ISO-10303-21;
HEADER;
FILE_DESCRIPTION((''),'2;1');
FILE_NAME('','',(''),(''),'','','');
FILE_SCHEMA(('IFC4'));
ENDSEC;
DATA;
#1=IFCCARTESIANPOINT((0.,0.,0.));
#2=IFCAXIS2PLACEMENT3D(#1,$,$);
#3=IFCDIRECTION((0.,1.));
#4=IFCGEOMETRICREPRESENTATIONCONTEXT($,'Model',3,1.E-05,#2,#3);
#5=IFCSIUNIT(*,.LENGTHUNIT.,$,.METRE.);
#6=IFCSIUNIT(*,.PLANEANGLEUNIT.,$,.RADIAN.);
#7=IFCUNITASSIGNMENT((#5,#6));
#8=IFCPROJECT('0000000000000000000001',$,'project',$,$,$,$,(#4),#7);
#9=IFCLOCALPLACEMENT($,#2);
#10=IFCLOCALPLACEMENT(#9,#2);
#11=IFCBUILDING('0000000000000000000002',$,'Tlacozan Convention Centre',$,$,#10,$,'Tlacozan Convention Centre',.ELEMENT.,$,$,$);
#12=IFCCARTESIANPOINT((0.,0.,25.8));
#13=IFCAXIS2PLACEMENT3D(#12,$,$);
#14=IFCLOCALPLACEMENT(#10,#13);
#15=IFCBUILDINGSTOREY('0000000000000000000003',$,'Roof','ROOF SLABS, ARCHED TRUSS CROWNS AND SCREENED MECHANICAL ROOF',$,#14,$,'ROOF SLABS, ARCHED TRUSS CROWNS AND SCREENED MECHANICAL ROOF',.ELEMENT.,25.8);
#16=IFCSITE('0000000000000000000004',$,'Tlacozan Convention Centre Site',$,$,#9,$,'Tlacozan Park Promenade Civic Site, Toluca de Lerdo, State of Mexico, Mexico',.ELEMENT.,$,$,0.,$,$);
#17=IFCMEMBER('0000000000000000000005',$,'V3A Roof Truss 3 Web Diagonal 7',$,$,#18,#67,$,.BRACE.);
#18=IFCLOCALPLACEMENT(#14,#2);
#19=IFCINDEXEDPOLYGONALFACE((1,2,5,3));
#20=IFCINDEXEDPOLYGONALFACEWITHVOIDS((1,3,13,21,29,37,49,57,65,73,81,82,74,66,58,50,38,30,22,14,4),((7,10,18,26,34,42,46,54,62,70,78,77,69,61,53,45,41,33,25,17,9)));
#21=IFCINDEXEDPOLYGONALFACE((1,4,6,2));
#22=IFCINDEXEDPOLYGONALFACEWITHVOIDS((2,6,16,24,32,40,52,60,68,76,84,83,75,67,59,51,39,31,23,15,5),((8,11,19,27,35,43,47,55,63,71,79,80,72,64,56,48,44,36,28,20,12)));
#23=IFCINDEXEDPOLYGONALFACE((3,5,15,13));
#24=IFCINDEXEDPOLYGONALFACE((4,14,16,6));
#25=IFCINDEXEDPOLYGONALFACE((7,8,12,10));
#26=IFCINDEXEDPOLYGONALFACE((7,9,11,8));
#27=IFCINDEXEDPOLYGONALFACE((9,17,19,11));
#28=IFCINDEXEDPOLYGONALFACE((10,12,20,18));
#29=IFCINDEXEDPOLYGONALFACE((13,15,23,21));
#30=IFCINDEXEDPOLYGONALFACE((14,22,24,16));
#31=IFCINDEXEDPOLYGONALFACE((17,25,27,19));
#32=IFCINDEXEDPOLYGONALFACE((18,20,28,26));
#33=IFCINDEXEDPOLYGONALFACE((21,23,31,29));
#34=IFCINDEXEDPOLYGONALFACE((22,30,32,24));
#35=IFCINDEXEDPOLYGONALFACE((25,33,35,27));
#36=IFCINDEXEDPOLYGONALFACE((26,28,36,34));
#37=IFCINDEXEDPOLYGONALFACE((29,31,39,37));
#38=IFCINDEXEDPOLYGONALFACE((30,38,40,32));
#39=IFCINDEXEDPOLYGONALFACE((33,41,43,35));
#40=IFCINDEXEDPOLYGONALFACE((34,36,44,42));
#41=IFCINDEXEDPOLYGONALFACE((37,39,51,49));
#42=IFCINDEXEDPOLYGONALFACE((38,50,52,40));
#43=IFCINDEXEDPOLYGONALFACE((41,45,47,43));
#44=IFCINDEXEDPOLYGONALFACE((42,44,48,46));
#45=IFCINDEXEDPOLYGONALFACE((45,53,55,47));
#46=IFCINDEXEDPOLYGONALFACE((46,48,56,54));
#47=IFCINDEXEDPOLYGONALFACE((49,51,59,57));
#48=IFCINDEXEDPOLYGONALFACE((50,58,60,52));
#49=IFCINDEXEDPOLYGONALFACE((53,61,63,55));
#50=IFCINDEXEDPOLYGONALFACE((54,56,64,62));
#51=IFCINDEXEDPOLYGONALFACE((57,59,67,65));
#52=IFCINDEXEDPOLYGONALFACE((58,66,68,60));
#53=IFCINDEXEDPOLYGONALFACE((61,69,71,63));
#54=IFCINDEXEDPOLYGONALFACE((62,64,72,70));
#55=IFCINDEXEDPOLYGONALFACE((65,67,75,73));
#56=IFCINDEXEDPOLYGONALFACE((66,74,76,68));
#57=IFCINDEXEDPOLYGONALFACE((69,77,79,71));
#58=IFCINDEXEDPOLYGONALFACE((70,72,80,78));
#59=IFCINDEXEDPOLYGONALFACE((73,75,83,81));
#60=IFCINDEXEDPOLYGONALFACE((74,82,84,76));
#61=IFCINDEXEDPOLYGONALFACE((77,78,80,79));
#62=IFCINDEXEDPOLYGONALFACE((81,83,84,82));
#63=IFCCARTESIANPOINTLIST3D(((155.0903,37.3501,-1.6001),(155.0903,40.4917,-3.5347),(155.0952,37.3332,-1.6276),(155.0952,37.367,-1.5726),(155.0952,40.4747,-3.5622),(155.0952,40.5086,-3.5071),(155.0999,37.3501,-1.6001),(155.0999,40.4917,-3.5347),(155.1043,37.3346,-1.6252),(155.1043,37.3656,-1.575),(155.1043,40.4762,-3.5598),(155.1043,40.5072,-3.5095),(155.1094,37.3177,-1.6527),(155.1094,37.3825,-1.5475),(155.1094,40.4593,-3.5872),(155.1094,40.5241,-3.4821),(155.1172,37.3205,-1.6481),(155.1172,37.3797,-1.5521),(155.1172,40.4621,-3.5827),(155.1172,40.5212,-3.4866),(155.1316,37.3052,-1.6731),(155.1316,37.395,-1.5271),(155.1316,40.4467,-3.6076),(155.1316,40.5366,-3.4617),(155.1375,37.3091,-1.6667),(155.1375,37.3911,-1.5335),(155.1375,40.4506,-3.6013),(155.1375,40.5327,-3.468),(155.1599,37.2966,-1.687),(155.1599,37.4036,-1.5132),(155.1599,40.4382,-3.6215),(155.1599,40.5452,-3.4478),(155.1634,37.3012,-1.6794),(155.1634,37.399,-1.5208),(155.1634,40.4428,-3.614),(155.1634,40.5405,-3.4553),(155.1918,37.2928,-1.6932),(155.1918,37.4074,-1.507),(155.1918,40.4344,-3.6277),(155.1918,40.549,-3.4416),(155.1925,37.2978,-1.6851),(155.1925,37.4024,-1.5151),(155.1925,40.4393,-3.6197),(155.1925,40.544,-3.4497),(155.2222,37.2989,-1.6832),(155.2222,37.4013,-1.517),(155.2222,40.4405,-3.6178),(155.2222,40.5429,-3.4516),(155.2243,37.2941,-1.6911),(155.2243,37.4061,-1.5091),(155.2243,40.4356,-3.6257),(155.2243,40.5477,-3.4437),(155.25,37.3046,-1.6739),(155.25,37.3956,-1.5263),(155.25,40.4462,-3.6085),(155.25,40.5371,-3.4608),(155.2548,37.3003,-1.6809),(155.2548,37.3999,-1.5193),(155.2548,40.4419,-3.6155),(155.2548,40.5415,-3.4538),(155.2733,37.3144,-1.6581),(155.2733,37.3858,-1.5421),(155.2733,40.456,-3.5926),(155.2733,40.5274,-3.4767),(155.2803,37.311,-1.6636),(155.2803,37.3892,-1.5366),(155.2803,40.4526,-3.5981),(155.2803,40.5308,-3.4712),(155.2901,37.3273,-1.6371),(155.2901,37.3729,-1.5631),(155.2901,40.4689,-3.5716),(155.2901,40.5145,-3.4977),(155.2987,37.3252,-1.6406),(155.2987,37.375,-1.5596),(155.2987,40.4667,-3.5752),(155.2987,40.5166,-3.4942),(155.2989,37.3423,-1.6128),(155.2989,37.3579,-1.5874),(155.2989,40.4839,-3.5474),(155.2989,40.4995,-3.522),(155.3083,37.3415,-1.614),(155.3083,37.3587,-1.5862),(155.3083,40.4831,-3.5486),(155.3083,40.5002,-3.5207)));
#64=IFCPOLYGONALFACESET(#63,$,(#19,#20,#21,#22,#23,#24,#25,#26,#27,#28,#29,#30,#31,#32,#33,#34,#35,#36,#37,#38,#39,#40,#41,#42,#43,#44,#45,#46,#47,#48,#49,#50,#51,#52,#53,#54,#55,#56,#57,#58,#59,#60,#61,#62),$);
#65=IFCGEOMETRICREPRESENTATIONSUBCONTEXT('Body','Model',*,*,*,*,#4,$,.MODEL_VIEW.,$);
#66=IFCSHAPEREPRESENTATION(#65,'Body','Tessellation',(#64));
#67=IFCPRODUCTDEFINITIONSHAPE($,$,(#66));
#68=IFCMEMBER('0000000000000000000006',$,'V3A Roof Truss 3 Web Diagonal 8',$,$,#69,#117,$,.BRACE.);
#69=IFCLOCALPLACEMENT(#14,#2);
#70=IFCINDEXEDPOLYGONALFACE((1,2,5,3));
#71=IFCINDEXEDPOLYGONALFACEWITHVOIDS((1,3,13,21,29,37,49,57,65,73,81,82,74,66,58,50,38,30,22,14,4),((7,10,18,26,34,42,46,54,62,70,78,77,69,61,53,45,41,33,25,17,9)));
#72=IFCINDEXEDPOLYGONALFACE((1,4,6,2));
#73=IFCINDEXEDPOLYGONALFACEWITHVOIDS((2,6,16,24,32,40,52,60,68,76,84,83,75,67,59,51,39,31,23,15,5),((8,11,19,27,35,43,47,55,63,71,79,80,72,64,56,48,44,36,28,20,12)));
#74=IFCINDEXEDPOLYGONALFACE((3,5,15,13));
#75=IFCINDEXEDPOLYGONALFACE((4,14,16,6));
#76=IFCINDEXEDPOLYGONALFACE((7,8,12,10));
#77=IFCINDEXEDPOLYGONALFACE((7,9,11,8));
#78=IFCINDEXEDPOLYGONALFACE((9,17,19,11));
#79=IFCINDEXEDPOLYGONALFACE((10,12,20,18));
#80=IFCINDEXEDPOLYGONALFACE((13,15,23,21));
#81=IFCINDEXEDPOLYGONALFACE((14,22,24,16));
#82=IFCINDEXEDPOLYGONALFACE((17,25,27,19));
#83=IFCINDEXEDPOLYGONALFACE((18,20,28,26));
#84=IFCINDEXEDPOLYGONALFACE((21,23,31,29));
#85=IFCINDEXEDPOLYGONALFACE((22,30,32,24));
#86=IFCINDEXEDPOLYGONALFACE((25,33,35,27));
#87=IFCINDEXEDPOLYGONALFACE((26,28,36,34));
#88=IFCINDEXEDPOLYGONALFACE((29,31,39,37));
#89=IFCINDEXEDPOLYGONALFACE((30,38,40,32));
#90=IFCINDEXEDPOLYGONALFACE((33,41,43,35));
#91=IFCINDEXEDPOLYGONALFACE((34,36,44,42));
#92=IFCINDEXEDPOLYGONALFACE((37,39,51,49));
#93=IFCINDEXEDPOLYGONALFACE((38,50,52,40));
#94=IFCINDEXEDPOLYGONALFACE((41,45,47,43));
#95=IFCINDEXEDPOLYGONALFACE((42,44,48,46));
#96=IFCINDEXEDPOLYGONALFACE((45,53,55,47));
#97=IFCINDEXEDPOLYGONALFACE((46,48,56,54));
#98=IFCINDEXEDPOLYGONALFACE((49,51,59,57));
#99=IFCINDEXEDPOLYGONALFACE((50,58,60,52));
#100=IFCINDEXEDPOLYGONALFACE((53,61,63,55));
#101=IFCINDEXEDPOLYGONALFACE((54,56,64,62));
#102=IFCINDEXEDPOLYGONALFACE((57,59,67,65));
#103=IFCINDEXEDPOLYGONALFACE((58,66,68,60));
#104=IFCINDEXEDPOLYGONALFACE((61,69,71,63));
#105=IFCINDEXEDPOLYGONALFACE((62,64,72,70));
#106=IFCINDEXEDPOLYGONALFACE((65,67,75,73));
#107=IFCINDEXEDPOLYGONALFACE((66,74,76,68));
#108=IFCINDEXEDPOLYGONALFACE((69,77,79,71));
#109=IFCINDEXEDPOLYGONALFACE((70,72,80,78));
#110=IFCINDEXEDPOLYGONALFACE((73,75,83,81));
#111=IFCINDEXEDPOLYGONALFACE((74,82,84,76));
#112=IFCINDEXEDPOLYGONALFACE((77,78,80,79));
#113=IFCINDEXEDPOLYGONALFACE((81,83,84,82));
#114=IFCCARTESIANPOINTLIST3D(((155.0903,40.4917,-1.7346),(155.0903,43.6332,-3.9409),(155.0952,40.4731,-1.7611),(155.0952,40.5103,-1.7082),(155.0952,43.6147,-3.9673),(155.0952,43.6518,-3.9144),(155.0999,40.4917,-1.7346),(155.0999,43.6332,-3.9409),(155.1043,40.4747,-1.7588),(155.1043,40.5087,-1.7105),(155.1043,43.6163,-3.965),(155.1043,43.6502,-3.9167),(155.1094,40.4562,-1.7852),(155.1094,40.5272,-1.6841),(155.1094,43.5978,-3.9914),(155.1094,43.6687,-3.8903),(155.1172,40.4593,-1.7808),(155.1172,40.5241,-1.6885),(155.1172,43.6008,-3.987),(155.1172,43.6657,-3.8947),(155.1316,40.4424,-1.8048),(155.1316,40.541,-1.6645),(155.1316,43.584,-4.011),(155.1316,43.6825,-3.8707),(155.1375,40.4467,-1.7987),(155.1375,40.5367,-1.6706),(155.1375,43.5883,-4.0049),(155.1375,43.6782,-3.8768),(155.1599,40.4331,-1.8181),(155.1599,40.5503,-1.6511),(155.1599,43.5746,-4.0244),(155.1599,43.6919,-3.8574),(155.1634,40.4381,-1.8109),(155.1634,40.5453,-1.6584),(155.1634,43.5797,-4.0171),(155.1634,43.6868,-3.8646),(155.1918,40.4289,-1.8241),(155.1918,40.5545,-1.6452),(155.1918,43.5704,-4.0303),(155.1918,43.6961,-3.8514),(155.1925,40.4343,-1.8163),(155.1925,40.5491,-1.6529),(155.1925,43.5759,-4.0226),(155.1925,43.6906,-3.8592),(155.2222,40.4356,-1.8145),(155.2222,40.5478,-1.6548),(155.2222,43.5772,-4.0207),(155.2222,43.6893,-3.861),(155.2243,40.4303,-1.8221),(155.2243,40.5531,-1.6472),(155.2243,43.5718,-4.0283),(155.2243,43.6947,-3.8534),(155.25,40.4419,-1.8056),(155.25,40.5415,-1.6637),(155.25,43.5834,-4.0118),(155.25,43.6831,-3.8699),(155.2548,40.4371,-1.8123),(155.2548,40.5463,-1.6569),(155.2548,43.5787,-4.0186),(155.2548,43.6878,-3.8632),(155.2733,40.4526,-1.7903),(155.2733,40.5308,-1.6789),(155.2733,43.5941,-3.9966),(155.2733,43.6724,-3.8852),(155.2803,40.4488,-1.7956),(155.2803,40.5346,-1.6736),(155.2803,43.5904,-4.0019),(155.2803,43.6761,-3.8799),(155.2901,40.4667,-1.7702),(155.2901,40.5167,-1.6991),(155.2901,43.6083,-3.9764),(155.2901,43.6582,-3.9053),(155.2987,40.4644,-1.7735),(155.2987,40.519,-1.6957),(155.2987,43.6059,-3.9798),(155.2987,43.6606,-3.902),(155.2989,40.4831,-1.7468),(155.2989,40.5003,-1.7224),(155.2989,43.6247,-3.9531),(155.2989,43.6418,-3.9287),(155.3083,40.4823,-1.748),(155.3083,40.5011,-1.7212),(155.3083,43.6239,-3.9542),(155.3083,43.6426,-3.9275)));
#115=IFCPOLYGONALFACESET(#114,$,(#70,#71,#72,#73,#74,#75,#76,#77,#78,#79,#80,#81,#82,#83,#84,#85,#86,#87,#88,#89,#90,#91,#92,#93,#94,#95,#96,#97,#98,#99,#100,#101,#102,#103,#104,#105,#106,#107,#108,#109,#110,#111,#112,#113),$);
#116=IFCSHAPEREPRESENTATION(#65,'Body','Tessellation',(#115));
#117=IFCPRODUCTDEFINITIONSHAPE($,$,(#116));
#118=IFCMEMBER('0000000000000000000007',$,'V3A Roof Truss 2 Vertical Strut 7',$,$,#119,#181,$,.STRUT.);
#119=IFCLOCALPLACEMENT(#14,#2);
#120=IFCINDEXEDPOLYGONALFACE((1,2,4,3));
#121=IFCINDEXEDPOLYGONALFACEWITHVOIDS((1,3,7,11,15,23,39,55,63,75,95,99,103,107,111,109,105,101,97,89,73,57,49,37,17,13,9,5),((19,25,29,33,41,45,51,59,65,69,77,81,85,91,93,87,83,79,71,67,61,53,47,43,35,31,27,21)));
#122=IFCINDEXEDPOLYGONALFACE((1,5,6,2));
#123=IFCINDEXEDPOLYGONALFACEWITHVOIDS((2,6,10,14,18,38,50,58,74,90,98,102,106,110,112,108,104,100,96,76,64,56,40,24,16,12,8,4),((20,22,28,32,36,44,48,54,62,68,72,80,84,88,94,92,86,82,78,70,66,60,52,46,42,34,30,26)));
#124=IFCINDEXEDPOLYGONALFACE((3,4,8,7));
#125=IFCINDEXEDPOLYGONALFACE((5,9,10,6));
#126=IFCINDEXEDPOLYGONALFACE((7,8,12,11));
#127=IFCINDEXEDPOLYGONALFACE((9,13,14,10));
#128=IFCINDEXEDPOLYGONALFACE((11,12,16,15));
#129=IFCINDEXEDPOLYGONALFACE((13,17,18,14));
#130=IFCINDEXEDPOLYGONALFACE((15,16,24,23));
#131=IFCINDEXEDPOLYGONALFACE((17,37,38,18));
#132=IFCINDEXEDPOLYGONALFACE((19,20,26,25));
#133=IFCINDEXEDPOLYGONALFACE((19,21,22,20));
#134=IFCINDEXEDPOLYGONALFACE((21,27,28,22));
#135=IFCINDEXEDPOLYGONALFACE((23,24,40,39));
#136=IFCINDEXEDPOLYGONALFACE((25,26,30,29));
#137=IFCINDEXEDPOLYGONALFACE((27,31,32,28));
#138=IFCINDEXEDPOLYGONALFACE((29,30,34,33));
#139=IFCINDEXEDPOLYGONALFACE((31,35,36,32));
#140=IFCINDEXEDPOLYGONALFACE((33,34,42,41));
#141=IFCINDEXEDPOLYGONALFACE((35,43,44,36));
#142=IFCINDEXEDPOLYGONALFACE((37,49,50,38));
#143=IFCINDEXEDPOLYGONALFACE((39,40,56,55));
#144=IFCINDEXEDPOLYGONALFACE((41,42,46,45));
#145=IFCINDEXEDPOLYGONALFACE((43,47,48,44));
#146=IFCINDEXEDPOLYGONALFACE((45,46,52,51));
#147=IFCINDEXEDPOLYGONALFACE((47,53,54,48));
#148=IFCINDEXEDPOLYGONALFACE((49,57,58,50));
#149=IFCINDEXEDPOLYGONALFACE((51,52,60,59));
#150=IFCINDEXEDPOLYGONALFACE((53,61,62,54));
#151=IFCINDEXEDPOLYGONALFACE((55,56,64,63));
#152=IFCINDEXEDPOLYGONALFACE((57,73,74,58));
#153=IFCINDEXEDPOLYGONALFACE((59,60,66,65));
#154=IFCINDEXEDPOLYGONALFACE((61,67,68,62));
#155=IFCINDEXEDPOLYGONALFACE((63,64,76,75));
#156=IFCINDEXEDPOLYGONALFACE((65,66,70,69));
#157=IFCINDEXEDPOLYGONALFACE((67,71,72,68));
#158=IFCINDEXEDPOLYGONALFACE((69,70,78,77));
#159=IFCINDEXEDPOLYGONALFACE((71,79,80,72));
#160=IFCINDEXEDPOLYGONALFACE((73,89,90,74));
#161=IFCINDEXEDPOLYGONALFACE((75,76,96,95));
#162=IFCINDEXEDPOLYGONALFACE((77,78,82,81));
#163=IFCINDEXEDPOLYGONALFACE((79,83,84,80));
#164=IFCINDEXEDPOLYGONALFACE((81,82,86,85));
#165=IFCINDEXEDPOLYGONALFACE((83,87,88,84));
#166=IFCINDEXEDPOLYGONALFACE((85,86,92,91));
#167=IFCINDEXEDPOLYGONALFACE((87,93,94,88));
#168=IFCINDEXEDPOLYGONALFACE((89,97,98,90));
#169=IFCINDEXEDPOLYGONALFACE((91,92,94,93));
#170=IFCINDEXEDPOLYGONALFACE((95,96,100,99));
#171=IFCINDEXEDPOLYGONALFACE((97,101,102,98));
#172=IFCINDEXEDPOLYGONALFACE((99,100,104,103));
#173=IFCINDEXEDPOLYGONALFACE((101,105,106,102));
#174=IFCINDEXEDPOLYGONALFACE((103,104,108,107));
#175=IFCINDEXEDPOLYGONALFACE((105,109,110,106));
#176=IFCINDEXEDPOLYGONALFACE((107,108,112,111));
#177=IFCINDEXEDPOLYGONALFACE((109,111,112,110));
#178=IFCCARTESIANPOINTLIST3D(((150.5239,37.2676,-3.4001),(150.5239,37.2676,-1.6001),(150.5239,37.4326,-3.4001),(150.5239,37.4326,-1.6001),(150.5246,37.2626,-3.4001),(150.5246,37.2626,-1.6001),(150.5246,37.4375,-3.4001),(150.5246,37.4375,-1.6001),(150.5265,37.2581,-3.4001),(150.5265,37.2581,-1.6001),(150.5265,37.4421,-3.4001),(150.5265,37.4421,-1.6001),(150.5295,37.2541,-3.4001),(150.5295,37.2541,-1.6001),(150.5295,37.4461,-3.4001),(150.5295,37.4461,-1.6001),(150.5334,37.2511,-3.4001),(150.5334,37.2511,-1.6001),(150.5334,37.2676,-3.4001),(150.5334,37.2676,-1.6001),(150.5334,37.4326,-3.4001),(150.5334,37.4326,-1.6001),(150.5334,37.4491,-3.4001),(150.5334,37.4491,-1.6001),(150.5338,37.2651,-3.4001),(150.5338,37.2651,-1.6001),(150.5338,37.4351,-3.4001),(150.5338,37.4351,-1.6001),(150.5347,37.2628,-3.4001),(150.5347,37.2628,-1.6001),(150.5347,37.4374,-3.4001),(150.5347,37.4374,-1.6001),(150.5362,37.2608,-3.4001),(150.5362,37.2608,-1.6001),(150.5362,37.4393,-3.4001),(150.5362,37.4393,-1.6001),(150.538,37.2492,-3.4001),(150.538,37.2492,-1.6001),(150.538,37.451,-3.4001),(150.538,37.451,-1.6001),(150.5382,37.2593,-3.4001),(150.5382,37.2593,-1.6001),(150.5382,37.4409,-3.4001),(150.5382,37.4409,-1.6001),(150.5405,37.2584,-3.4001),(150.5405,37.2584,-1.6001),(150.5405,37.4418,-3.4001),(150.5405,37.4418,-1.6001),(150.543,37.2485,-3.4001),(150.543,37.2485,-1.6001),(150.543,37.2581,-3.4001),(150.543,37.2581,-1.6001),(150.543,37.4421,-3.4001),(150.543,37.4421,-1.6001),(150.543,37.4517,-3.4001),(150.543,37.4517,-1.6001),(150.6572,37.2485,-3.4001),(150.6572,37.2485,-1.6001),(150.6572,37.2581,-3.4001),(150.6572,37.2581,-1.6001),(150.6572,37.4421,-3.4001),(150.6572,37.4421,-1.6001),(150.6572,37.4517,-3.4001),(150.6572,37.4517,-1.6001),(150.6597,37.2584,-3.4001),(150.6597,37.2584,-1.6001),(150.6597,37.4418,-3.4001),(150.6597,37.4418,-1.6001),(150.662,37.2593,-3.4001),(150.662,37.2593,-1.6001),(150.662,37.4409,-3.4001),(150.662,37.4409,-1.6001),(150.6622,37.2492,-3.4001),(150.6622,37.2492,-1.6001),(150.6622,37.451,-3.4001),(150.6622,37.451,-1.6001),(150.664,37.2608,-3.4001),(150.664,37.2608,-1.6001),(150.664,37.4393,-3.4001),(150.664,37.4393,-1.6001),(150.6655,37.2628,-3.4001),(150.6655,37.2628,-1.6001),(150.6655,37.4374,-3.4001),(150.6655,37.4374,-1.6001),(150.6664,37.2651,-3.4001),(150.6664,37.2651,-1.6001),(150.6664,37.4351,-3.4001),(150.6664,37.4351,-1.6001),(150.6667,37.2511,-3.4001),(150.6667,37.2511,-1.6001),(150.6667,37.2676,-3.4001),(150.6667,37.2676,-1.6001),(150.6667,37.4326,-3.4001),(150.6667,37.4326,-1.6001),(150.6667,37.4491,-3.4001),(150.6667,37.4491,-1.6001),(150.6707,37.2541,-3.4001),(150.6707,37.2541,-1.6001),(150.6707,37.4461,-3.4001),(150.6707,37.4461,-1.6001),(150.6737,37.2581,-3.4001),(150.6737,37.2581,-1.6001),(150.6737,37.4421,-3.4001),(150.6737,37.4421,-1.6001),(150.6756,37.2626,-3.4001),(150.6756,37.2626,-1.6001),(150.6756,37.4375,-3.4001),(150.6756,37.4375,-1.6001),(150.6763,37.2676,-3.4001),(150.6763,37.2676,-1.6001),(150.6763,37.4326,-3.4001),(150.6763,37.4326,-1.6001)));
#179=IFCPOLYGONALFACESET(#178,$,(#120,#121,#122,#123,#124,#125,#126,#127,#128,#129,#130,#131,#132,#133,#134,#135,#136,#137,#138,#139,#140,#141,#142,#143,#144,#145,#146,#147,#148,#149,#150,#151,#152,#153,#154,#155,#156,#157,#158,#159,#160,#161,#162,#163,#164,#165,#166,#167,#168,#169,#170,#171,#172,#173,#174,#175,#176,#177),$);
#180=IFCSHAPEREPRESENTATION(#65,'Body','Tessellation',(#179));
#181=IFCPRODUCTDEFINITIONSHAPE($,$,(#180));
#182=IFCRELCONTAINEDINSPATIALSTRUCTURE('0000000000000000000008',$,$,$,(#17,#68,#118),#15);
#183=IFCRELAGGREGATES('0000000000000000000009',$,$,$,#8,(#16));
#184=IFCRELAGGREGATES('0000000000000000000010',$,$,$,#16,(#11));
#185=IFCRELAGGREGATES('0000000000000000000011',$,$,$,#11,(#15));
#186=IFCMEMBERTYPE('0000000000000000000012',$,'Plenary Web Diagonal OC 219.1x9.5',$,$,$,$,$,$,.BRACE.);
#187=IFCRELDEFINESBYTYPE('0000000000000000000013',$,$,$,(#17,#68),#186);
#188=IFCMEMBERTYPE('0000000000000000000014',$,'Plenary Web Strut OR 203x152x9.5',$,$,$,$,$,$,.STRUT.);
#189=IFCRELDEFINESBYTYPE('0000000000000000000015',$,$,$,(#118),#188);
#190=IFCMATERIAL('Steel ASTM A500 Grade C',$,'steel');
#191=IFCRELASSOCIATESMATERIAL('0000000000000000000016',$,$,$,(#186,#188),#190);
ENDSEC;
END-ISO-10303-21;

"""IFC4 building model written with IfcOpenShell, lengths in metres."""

from ifc_helpers import new_model, si_unit, direction, frame, origin, origin_2d, place, context, subcontext, project, spatial, hollow_rectangle, hollow_circle, extrude, material, material_profile, profile_set, type_object, element, save


model = new_model("IFC4")

# Units and contexts
model_context = context("Model", 3, precision=1e-05, world=origin(), true_north=direction((0.0, 1.0)))
body_context = subcontext(model_context, "Body", "Model", "MODEL_VIEW")
ifc_project = project(units=[si_unit("LENGTHUNIT", "METRE"), si_unit("PLANEANGLEUNIT", "RADIAN")], contexts=[model_context])

# Site, building, storey
site_placement = place(None, origin())
site = spatial("IfcSite", under=ifc_project, at=site_placement, Name="Tlacozan Convention Centre Site", LongName="Tlacozan Park Promenade Civic Site, Toluca de Lerdo, State of Mexico, Mexico", CompositionType="ELEMENT", RefElevation=0.0)
building_placement = place(site_placement, origin())
building = spatial("IfcBuilding", under=site, at=building_placement, Name="Tlacozan Convention Centre", LongName="Tlacozan Convention Centre", CompositionType="ELEMENT")
storey_placement = place(building_placement, frame((0.0, 0.0, 25.8)))
storey = spatial("IfcBuildingStorey", under=building, at=storey_placement, Name="Roof", Description="ROOF SLABS, ARCHED TRUSS CROWNS AND SCREENED MECHANICAL ROOF", LongName="ROOF SLABS, ARCHED TRUSS CROWNS AND SCREENED MECHANICAL ROOF", CompositionType="ELEMENT", Elevation=25.8)

# Members
ifc_material_1 = material(Name="Steel ASTM A500 Grade C", Category="steel")
ifc_material_profile_1 = material_profile(ifc_material_1, hollow_circle(Radius=0.1096, WallThickness=0.0095, at=origin_2d()), Name="OC 219.1x9.5")
ifc_profile_set_1 = profile_set([ifc_material_profile_1], Name="Steel ASTM A500 Grade C")
member_type_1 = type_object("IfcMemberType", Name="Plenary Web Diagonal OC 219.1x9.5", PredefinedType="BRACE", material=ifc_profile_set_1)
member_1_placement = place(storey_placement, frame((155.2, 37.3501, -1.6001), z_axis=(0.0, 0.851504, -0.524348), x_axis=(-1.0, 0.0, 0.0)))
element("IfcMember", 1, at=member_1_placement, inside=storey, type_object=member_type_1, Name="V3A Roof Truss 3 Web Diagonal 7", PredefinedType="BRACE", context=body_context, shape_type="SweptSolid", body=[
    extrude(hollow_circle(Radius=0.1096, WallThickness=0.0095, at=origin_2d()), origin(), (0.0, 0.0, 1.0), 3.6895),
])
member_2_placement = place(storey_placement, frame((155.2, 40.4917, -1.7346), z_axis=(0.0, 0.818353, -0.574717), x_axis=(-1.0, 0.0, 0.0)))
element("IfcMember", 2, at=member_2_placement, inside=storey, type_object=member_type_1, Name="V3A Roof Truss 3 Web Diagonal 8", PredefinedType="BRACE", context=body_context, shape_type="SweptSolid", body=[
    extrude(hollow_circle(Radius=0.1096, WallThickness=0.0095, at=origin_2d()), origin(), (0.0, 0.0, 1.0), 3.8389),
])
ifc_material_profile_2 = material_profile(ifc_material_1, hollow_rectangle(XDim=0.1523, YDim=0.2031, WallThickness=0.0095, InnerFilletRadius=0.0095, OuterFilletRadius=0.019, at=origin_2d()), Name="OR 203x152x9.5")
ifc_profile_set_2 = profile_set([ifc_material_profile_2], Name="Steel ASTM A500 Grade C")
member_type_2 = type_object("IfcMemberType", Name="Plenary Web Strut OR 203x152x9.5", PredefinedType="STRUT", material=ifc_profile_set_2)
for number, where, z_axis, x_axis, name in (
    (3, (150.6001, 37.3501, -3.4001), (0.0, 0.0, 1.0), (1.0, 0.0, 0.0), "V3A Roof Truss 2 Vertical Strut 7"),
):
    element("IfcMember", number, at=place(storey_placement, frame(where, z_axis=z_axis, x_axis=x_axis)), inside=storey, type_object=member_type_2, Name=name, PredefinedType="STRUT", context=body_context, shape_type="SweptSolid", body=[
        extrude(hollow_rectangle(XDim=0.1523, YDim=0.2031, WallThickness=0.0095, InnerFilletRadius=0.0095, OuterFilletRadius=0.019, at=origin_2d()), origin(), (0.0, 0.0, 1.0), 1.8),
    ])

save(model, "model.ifc")
